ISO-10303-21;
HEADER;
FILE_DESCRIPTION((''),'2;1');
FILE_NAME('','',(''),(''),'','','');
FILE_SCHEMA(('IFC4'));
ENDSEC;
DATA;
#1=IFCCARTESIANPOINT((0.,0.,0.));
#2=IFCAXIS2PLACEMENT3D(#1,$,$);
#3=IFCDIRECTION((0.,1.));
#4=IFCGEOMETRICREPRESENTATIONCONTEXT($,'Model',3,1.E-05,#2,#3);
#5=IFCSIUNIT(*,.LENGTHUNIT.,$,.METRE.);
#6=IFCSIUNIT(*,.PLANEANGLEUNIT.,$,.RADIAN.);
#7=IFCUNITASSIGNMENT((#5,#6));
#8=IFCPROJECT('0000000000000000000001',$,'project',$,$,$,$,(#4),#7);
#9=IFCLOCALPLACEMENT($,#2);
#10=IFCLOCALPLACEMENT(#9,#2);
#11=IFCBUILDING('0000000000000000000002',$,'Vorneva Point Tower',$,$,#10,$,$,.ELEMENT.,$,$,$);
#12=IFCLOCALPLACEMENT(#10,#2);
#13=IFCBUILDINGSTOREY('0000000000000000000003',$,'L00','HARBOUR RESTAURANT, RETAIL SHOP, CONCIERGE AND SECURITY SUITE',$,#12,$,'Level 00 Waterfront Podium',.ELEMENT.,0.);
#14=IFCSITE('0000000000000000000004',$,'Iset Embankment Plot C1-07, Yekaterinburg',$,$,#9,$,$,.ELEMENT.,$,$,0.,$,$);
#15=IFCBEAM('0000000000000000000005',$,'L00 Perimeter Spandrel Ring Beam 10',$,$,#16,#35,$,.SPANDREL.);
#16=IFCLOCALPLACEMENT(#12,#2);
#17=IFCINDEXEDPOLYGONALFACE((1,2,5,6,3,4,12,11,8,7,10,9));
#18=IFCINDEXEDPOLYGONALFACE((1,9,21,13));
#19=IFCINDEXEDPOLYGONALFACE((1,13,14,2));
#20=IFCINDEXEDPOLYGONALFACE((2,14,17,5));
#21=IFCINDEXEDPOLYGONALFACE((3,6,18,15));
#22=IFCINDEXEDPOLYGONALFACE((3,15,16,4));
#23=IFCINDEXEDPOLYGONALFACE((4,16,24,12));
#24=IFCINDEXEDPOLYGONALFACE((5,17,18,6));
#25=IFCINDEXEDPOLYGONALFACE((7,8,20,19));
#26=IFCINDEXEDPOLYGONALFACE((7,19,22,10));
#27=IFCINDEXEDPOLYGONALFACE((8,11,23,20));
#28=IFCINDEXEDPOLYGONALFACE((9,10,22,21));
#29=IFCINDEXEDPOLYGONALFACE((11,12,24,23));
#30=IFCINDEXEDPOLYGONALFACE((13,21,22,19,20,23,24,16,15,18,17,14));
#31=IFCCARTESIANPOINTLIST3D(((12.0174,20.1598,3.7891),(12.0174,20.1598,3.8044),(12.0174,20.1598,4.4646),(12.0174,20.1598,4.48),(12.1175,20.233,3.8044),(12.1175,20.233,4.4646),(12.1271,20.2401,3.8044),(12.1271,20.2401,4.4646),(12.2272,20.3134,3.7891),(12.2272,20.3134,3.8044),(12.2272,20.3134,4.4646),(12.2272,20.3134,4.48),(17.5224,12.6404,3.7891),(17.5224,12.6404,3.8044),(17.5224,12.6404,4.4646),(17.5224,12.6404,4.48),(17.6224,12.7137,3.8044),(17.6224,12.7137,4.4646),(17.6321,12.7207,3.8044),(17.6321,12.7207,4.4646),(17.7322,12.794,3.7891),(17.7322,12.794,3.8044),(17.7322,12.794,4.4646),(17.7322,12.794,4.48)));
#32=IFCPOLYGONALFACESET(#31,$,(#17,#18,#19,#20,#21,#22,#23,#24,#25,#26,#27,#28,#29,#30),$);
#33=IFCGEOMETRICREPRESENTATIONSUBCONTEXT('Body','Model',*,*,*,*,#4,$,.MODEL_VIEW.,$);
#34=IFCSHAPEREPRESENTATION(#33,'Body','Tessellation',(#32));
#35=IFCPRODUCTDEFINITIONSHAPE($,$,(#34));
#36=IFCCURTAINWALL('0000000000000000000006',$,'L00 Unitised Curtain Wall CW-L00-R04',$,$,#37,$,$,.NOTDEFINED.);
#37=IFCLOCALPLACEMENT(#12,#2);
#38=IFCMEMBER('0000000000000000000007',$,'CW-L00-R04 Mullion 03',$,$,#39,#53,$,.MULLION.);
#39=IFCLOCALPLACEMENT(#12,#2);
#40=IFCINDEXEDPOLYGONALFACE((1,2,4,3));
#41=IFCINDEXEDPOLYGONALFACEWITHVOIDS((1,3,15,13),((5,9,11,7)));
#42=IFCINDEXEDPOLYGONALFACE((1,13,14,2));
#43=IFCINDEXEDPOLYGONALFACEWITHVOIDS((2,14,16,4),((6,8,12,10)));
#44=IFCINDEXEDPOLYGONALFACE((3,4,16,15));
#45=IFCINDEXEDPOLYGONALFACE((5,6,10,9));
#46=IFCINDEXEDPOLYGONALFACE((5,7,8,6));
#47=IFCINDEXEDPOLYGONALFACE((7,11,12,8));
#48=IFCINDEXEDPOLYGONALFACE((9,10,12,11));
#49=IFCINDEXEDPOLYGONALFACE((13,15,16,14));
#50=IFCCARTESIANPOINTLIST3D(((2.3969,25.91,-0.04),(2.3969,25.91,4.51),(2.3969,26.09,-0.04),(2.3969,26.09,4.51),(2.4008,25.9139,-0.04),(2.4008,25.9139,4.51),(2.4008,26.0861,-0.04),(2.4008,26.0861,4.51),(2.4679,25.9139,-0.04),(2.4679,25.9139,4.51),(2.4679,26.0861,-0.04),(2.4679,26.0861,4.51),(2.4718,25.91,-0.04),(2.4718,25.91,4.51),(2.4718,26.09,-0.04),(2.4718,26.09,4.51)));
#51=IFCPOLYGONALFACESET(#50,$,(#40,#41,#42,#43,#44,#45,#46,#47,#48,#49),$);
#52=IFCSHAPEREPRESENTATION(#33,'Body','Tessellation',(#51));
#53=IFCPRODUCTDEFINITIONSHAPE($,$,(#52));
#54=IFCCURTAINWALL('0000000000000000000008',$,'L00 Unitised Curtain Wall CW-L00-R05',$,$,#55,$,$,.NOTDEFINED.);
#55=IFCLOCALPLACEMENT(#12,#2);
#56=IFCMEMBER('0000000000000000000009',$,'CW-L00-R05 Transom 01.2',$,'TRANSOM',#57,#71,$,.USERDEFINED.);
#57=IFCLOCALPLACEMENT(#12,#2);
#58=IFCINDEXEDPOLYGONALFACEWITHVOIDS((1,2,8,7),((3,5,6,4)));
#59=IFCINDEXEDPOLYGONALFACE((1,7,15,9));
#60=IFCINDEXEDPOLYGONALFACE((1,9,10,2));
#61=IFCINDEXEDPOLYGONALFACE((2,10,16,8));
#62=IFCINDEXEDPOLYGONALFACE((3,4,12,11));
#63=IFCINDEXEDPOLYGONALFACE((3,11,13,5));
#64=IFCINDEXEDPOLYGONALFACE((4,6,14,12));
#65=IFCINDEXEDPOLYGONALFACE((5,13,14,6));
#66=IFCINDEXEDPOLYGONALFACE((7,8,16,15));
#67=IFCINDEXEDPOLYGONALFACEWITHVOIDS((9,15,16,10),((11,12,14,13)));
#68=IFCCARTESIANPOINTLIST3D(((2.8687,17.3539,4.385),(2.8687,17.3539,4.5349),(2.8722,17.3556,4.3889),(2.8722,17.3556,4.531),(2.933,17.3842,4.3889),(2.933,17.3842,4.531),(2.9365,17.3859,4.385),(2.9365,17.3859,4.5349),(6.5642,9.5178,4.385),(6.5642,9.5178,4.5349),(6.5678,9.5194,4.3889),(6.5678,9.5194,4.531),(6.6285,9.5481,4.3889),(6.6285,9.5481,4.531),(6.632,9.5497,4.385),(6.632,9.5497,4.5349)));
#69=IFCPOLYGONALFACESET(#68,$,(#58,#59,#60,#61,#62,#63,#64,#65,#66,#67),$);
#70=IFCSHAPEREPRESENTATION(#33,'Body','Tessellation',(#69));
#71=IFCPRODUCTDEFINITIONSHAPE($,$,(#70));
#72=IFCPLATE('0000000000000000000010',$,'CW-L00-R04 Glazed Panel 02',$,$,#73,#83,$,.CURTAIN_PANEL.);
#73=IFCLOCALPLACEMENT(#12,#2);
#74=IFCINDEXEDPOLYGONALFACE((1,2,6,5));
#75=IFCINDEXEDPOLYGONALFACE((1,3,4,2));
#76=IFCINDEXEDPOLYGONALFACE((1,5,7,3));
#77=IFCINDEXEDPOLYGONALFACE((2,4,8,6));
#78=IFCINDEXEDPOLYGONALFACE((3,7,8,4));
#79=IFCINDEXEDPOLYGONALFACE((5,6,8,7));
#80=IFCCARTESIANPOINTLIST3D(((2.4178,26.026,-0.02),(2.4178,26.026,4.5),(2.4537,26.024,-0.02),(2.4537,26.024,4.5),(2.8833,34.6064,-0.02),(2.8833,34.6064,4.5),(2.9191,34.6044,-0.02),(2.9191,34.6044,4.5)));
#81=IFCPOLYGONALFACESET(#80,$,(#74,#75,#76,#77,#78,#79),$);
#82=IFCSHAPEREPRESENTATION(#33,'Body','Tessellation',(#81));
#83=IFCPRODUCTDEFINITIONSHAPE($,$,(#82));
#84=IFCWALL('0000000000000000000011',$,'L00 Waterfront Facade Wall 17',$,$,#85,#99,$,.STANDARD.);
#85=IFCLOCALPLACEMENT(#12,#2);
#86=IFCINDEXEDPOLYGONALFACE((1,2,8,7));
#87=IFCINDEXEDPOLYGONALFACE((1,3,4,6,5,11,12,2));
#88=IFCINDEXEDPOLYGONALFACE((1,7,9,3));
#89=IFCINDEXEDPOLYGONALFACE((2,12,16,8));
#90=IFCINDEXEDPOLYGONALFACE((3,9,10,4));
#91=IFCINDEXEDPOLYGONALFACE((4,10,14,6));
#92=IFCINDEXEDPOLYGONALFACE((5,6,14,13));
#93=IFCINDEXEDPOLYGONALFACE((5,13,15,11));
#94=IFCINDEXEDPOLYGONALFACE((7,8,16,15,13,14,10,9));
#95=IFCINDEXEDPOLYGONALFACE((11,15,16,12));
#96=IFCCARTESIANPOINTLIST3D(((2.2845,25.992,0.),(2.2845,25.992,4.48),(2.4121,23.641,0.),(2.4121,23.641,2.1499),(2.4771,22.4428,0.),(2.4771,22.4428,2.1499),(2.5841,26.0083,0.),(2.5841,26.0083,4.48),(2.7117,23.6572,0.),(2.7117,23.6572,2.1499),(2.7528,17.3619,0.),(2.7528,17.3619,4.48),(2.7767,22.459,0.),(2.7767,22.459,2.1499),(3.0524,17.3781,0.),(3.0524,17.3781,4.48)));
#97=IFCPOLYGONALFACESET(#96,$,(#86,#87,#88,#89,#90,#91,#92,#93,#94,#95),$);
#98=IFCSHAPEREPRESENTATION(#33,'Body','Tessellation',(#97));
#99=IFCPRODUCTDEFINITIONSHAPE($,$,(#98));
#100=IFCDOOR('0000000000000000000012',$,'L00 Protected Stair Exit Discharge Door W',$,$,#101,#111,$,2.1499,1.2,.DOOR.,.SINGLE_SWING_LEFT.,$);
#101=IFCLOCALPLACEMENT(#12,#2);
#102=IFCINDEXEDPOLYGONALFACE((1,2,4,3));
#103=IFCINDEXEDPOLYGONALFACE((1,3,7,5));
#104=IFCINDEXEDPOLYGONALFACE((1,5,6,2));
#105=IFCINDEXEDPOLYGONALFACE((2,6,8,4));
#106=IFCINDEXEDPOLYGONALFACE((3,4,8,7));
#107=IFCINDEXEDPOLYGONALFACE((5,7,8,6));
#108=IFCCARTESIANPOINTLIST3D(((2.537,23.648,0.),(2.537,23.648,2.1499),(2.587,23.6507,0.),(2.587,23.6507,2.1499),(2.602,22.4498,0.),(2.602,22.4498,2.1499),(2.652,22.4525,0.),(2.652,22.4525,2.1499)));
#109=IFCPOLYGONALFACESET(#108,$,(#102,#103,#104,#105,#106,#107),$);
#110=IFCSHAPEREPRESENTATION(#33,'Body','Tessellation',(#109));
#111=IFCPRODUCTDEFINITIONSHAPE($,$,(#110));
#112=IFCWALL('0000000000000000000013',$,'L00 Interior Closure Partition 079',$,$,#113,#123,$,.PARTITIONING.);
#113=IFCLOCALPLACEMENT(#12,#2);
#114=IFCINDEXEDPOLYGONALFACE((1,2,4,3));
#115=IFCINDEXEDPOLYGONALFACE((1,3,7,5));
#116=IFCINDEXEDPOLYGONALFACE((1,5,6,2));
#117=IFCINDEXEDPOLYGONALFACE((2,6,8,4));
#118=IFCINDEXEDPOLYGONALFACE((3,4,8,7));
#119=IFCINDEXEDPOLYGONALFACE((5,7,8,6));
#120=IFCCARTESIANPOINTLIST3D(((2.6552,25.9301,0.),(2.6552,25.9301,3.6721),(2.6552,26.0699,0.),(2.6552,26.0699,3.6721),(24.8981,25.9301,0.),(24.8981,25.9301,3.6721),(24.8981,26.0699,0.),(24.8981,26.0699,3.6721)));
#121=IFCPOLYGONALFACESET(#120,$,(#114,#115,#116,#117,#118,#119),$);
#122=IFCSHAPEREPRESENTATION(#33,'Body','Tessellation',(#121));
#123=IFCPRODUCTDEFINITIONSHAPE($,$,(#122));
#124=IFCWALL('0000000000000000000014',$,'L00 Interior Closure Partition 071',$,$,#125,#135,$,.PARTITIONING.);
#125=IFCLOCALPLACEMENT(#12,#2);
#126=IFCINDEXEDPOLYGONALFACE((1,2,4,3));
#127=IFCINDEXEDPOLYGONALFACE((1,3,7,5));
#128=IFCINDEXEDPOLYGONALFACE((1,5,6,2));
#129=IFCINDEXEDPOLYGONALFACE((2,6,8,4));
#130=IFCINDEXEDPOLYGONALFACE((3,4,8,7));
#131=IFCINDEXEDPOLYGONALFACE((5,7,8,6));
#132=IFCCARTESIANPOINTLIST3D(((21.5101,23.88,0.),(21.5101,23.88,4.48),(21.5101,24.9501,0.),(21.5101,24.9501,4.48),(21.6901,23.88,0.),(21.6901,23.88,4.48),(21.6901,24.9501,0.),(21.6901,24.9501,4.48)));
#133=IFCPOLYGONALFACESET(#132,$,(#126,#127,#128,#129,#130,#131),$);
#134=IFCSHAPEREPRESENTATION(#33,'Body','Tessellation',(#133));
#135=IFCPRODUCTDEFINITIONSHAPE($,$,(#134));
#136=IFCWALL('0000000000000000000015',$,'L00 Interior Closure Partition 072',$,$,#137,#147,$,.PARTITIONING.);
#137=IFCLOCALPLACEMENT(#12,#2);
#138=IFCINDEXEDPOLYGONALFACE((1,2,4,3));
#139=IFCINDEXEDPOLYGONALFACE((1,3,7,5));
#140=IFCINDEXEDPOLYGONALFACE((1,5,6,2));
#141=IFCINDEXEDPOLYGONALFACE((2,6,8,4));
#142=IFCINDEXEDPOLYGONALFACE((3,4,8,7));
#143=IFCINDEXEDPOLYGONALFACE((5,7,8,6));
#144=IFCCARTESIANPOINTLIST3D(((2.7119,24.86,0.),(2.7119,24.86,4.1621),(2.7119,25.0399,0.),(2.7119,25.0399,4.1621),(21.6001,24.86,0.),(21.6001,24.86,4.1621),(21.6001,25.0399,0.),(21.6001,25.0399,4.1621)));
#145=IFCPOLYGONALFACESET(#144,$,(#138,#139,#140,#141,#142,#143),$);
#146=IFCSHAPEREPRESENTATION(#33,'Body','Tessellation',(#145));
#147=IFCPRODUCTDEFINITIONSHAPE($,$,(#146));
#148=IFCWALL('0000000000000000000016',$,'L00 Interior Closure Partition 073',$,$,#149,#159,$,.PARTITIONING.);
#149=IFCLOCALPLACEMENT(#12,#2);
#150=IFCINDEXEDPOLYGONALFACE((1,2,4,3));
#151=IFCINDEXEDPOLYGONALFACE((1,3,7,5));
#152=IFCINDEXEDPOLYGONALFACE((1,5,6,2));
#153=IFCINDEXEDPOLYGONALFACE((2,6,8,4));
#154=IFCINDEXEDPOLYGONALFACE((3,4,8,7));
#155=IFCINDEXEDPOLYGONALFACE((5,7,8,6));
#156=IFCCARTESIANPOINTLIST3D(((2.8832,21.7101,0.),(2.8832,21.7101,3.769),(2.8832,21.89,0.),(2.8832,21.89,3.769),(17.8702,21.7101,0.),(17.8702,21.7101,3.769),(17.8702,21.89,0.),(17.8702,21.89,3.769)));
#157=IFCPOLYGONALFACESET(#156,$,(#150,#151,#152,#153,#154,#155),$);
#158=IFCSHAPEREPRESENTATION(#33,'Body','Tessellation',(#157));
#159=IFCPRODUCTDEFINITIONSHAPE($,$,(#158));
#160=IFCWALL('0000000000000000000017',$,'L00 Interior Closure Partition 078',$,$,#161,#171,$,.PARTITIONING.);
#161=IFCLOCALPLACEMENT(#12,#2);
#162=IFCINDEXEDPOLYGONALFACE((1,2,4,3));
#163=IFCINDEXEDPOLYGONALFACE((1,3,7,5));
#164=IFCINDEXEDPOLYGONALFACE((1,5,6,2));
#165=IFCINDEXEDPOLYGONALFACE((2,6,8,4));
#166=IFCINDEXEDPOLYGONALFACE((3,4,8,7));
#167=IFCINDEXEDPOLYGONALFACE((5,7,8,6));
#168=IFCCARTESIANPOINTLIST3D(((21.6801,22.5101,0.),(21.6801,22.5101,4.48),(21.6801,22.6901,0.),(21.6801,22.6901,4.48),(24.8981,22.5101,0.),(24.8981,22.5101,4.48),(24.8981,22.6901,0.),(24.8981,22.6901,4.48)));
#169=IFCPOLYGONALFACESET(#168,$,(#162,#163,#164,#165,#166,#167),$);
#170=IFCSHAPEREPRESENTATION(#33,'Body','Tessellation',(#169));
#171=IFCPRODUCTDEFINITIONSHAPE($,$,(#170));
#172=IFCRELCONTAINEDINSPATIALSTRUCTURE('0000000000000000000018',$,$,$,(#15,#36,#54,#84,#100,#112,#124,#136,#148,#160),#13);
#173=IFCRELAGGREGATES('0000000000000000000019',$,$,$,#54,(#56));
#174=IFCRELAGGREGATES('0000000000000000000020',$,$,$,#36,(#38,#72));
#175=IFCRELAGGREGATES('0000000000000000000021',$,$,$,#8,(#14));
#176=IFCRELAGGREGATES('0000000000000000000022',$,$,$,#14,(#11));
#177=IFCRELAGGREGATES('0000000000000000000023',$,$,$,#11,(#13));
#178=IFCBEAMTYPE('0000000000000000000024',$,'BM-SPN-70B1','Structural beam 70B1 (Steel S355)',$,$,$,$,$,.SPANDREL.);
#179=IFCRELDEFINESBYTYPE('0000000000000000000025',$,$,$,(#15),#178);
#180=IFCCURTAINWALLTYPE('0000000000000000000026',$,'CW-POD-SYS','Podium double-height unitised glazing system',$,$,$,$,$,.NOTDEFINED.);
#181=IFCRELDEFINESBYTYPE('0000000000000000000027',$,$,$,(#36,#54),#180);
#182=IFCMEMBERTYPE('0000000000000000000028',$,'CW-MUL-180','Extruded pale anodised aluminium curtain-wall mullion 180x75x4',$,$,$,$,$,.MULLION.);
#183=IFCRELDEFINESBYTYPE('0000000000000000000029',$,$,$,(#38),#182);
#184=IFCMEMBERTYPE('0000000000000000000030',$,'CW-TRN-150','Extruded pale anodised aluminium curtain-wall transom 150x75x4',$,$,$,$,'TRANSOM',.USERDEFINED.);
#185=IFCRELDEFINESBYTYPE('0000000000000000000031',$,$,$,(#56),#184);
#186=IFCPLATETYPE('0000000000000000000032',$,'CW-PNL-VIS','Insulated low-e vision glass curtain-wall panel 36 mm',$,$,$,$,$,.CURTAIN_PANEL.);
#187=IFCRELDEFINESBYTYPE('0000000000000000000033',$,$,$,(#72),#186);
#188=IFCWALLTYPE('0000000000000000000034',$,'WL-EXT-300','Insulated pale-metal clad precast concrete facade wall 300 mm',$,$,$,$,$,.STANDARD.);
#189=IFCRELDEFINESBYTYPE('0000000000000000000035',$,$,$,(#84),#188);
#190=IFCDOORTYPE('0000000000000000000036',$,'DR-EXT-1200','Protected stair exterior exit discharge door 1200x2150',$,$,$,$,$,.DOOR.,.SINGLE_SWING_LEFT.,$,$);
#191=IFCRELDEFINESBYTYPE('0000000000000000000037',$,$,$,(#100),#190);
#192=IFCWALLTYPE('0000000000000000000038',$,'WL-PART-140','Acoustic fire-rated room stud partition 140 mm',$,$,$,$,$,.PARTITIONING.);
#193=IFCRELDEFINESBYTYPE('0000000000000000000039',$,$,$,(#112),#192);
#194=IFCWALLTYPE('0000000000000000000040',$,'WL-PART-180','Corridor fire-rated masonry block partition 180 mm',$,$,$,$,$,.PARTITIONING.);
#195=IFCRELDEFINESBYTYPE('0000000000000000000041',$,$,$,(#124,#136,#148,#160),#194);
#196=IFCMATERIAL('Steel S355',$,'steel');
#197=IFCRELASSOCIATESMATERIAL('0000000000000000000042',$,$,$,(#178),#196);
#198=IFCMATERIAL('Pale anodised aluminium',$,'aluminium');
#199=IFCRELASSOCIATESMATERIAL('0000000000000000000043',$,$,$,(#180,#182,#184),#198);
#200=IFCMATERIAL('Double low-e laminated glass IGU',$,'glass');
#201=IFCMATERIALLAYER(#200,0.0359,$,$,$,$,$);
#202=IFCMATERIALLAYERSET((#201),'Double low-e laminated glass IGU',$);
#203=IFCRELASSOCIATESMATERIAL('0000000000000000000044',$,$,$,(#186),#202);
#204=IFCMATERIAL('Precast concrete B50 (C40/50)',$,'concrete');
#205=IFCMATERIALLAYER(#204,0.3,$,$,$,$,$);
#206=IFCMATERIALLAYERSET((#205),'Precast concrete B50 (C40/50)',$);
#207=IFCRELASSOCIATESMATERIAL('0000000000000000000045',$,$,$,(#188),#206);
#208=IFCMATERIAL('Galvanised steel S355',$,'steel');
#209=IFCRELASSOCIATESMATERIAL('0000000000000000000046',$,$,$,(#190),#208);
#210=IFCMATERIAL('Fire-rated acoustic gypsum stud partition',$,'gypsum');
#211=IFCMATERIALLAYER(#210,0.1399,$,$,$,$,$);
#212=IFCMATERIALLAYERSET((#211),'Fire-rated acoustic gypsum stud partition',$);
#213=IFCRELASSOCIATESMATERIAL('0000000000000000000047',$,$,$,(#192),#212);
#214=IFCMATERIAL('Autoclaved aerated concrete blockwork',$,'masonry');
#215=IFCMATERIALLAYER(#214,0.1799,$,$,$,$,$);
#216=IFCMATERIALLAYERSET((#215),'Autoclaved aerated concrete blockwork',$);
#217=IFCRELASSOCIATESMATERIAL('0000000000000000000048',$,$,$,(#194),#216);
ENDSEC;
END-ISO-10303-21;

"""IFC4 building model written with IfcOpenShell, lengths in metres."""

from ifc_helpers import new_model, si_unit, direction, frame, frame_2d, origin, origin_2d, place, context, subcontext, project, spatial, rectangle, hollow_rectangle, i_section, extrude, material, layer, layer_set, material_profile, profile_set, type_object, element, fill, aggregate, save


model = new_model("IFC4")

# Units and contexts
model_context = context("Model", 3, precision=1e-05, world=origin(), true_north=direction((0.0, 1.0)))
body_context = subcontext(model_context, "Body", "Model", "MODEL_VIEW")
ifc_project = project(units=[si_unit("LENGTHUNIT", "METRE"), si_unit("PLANEANGLEUNIT", "RADIAN")], contexts=[model_context])

# Site, building, storey
site_placement = place(None, origin())
site = spatial("IfcSite", under=ifc_project, at=site_placement, Name="Iset Embankment Plot C1-07, Yekaterinburg", CompositionType="ELEMENT", RefElevation=0.0)
building_placement = place(site_placement, origin())
building = spatial("IfcBuilding", under=site, at=building_placement, Name="Vorneva Point Tower", CompositionType="ELEMENT")
storey_placement = place(building_placement, origin())
storey = spatial("IfcBuildingStorey", under=building, at=storey_placement, Name="L00", Description="HARBOUR RESTAURANT, RETAIL SHOP, CONCIERGE AND SECURITY SUITE", LongName="Level 00 Waterfront Podium", CompositionType="ELEMENT", Elevation=0.0)

# Beam
ifc_material_1 = material(Name="Steel S355", Category="steel")
ifc_material_profile_1 = material_profile(ifc_material_1, i_section(OverallWidth=0.26, OverallDepth=0.6909, WebThickness=0.012, FlangeThickness=0.0154, at=origin_2d()), Name="70B1")
ifc_profile_set_1 = profile_set([ifc_material_profile_1], Name="Steel S355")
beam_type_1 = type_object("IfcBeamType", Name="BM-SPN-70B1", Description="Structural beam 70B1 (Steel S355)", PredefinedType="SPANDREL", material=ifc_profile_set_1)
beam_1_placement = place(storey_placement, frame((12.1223, 20.2366, 4.1345), z_axis=(0.590717, -0.806879, 0.0), x_axis=(0.806879, 0.590717, 0.0)))
element("IfcBeam", 1, at=beam_1_placement, inside=storey, type_object=beam_type_1, Name="L00 Perimeter Spandrel Ring Beam 10", PredefinedType="SPANDREL", context=body_context, shape_type="SweptSolid", body=[
    extrude(i_section(OverallWidth=0.26, OverallDepth=0.6909, WebThickness=0.012, FlangeThickness=0.0154, at=origin_2d()), origin(), (0.0, 0.0, 1.0), 9.3191),
])

# Curtain walls, members
ifc_material_2 = material(Name="Pale anodised aluminium", Category="aluminium")
curtain_wall_type = type_object("IfcCurtainWallType", Name="CW-POD-SYS", Description="Podium double-height unitised glazing system", PredefinedType="NOTDEFINED", material=ifc_material_2)
curtain_wall_1_placement = place(storey_placement, origin())
curtain_wall_1 = element("IfcCurtainWall", 2, at=curtain_wall_1_placement, inside=storey, type_object=curtain_wall_type, Name="L00 Unitised Curtain Wall CW-L00-R04", PredefinedType="NOTDEFINED")
ifc_material_profile_2 = material_profile(ifc_material_2, hollow_rectangle(XDim=0.075, YDim=0.1799, WallThickness=0.0039, at=origin_2d()), Name="AL-MUL 180x75x4")
ifc_profile_set_2 = profile_set([ifc_material_profile_2], Name="Pale anodised aluminium")
member_type_1 = type_object("IfcMemberType", Name="CW-MUL-180", Description="Extruded pale anodised aluminium curtain-wall mullion 180x75x4", PredefinedType="MULLION", material=ifc_profile_set_2)
member_1_placement = place(storey_placement, frame((2.4343, 26.0, -0.04), z_axis=(0.0, 0.0, 1.0), x_axis=(1.0, 0.0, 0.0)))
member_1 = element("IfcMember", 3, at=member_1_placement, type_object=member_type_1, Name="CW-L00-R04 Mullion 03", PredefinedType="MULLION", context=body_context, shape_type="SweptSolid", body=[
    extrude(hollow_rectangle(XDim=0.075, YDim=0.1799, WallThickness=0.0039, at=origin_2d()), origin(), (0.0, 0.0, 1.0), 4.55),
])
curtain_wall_2_placement = place(storey_placement, origin())
curtain_wall_2 = element("IfcCurtainWall", 4, at=curtain_wall_2_placement, inside=storey, type_object=curtain_wall_type, Name="L00 Unitised Curtain Wall CW-L00-R05", PredefinedType="NOTDEFINED")
ifc_material_profile_3 = material_profile(ifc_material_2, hollow_rectangle(XDim=0.075, YDim=0.1499, WallThickness=0.0039, at=origin_2d()), Name="AL-TRN 150x75x4")
ifc_profile_set_3 = profile_set([ifc_material_profile_3], Name="Pale anodised aluminium")
member_type_2 = type_object("IfcMemberType", Name="CW-TRN-150", Description="Extruded pale anodised aluminium curtain-wall transom 150x75x4", ElementType="TRANSOM", PredefinedType="USERDEFINED", material=ifc_profile_set_3)
member_2_placement = place(storey_placement, frame((2.9026, 17.3699, 4.46), z_axis=(0.426547, -0.904465, 0.0), x_axis=(0.904465, 0.426547, 0.0)))
member_2 = element("IfcMember", 5, at=member_2_placement, type_object=member_type_2, Name="CW-L00-R05 Transom 01.2", ObjectType="TRANSOM", PredefinedType="USERDEFINED", context=body_context, shape_type="SweptSolid", body=[
    extrude(hollow_rectangle(XDim=0.075, YDim=0.1499, WallThickness=0.0039, at=origin_2d()), origin(), (0.0, 0.0, 1.0), 8.6638),
])
aggregate(curtain_wall_2, [member_2])

# Plate
ifc_material_3 = material(Name="Double low-e laminated glass IGU", Category="glass")
ifc_layer_1 = layer(ifc_material_3, 0.0359)
ifc_layer_set_1 = layer_set([ifc_layer_1], Name="Double low-e laminated glass IGU")
plate_type = type_object("IfcPlateType", Name="CW-PNL-VIS", Description="Insulated low-e vision glass curtain-wall panel 36 mm", PredefinedType="CURTAIN_PANEL", material=ifc_layer_set_1)
plate_placement = place(storey_placement, frame((2.6685, 30.3152, -0.02), z_axis=(0.0, 0.0, 1.0), x_axis=(-0.054166, -0.998532, 0.0)))
plate = element("IfcPlate", 6, at=plate_placement, type_object=plate_type, Name="CW-L00-R04 Glazed Panel 02", PredefinedType="CURTAIN_PANEL", context=body_context, shape_type="SweptSolid", body=[
    extrude(rectangle(XDim=8.593, YDim=0.0359, at=origin_2d()), origin(), (0.0, 0.0, 1.0), 4.52),
])
aggregate(curtain_wall_1, [member_1, plate])

# Wall, opening, door
ifc_material_4 = material(Name="Precast concrete B50 (C40/50)", Category="concrete")
ifc_layer_2 = layer(ifc_material_4, 0.3)
ifc_layer_set_2 = layer_set([ifc_layer_2], Name="Precast concrete B50 (C40/50)")
wall_type_1 = type_object("IfcWallType", Name="WL-EXT-300", Description="Insulated pale-metal clad precast concrete facade wall 300 mm", PredefinedType="STANDARD", material=ifc_layer_set_2)
wall_1_placement = place(storey_placement, frame((2.4343, 26.0, 0.0), z_axis=(0.0, 0.0, 1.0), x_axis=(0.054179, -0.998531, 0.0)))
wall_1 = element("IfcWall", 7, at=wall_1_placement, inside=storey, type_object=wall_type_1, Name="L00 Waterfront Facade Wall 17", PredefinedType="STANDARD", context=body_context, shape_type="SweptSolid", body=[
    extrude(rectangle(XDim=8.6428, YDim=0.3, at=frame_2d((4.3213, 0.0))), origin(), (0.0, 0.0, 1.0), 4.48),
])
opening_1_placement = place(wall_1_placement, frame((2.3542, 0.0, 0.0)))
opening_1 = element("IfcOpeningElement", 8, at=opening_1_placement, cuts=wall_1, PredefinedType="OPENING", context=body_context, shape_type="SweptSolid", body=[
    extrude(rectangle(XDim=1.2, YDim=2.1499, at=frame_2d((0.6001, 1.075))), frame((0.0, 0.165, 0.0), z_axis=(0.0, -1.0, 0.0), x_axis=(1.0, 0.0, 0.0)), (0.0, 0.0, 1.0), 0.3298),
])
ifc_material_5 = material(Name="Galvanised steel S355", Category="steel")
door_type_1 = type_object("IfcDoorType", Name="DR-EXT-1200", Description="Protected stair exterior exit discharge door 1200x2150", OperationType="SINGLE_SWING_LEFT", PredefinedType="DOOR", material=ifc_material_5)
door_1_placement = place(opening_1_placement, frame((1.2, 0.0, 0.0), z_axis=(0.0, 0.0, 1.0), x_axis=(-1.0, 0.0, 0.0)))
door_1 = element("IfcDoor", 9, at=door_1_placement, inside=storey, type_object=door_type_1, Name="L00 Protected Stair Exit Discharge Door W", OperationType="SINGLE_SWING_LEFT", OverallHeight=2.1499, OverallWidth=1.2, PredefinedType="DOOR", context=body_context, shape_type="SweptSolid", body=[
    extrude(rectangle(XDim=1.2, YDim=2.1499, at=frame_2d((0.6001, 1.075))), frame((0.0, 0.0249, 0.0), z_axis=(0.0, -1.0, 0.0), x_axis=(1.0, 0.0, 0.0)), (0.0, 0.0, 1.0), 0.05),
])
fill(opening_1, door_1)

# Walls
ifc_material_6 = material(Name="Fire-rated acoustic gypsum stud partition", Category="gypsum")
ifc_layer_3 = layer(ifc_material_6, 0.1399)
ifc_layer_set_3 = layer_set([ifc_layer_3], Name="Fire-rated acoustic gypsum stud partition")
wall_type_2 = type_object("IfcWallType", Name="WL-PART-140", Description="Acoustic fire-rated room stud partition 140 mm", PredefinedType="PARTITIONING", material=ifc_layer_set_3)
wall_2_placement = place(storey_placement, frame((2.655, 26.0, 0.0), z_axis=(0.0, 0.0, 1.0), x_axis=(1.0, 0.0, 0.0)))
element("IfcWall", 10, at=wall_2_placement, inside=storey, type_object=wall_type_2, Name="L00 Interior Closure Partition 079", PredefinedType="PARTITIONING", context=body_context, shape_type="SweptSolid", body=[
    extrude(rectangle(XDim=22.2429, YDim=0.1399, at=frame_2d((11.1216, 0.0))), origin(), (0.0, 0.0, 1.0), 3.6721),
])
ifc_material_7 = material(Name="Autoclaved aerated concrete blockwork", Category="masonry")
ifc_layer_4 = layer(ifc_material_7, 0.1799)
ifc_layer_set_4 = layer_set([ifc_layer_4], Name="Autoclaved aerated concrete blockwork")
wall_type_3 = type_object("IfcWallType", Name="WL-PART-180", Description="Corridor fire-rated masonry block partition 180 mm", PredefinedType="PARTITIONING", material=ifc_layer_set_4)
wall_3_placement = place(storey_placement, frame((21.6001, 23.8799, 0.0), z_axis=(0.0, 0.0, 1.0), x_axis=(0.0, 1.0, 0.0)))
element("IfcWall", 11, at=wall_3_placement, inside=storey, type_object=wall_type_3, Name="L00 Interior Closure Partition 071", PredefinedType="PARTITIONING", context=body_context, shape_type="SweptSolid", body=[
    extrude(rectangle(XDim=1.0701, YDim=0.1799, at=frame_2d((0.5352, 0.0))), origin(), (0.0, 0.0, 1.0), 4.48),
])
wall_4_placement = place(storey_placement, frame((21.6001, 24.95, 0.0), z_axis=(0.0, 0.0, 1.0), x_axis=(-1.0, 0.0, 0.0)))
element("IfcWall", 12, at=wall_4_placement, inside=storey, type_object=wall_type_3, Name="L00 Interior Closure Partition 072", PredefinedType="PARTITIONING", context=body_context, shape_type="SweptSolid", body=[
    extrude(rectangle(XDim=18.8882, YDim=0.1799, at=frame_2d((9.4441, 0.0))), origin(), (0.0, 0.0, 1.0), 4.1621),
])
wall_5_placement = place(storey_placement, frame((2.8831, 21.8, 0.0), z_axis=(0.0, 0.0, 1.0), x_axis=(1.0, 0.0, 0.0)))
element("IfcWall", 13, at=wall_5_placement, inside=storey, type_object=wall_type_3, Name="L00 Interior Closure Partition 073", PredefinedType="PARTITIONING", context=body_context, shape_type="SweptSolid", body=[
    extrude(rectangle(XDim=14.9871, YDim=0.1799, at=frame_2d((7.4937, 0.0))), origin(), (0.0, 0.0, 1.0), 3.769),
])
wall_6_placement = place(storey_placement, frame((24.8979, 22.6001, 0.0), z_axis=(0.0, 0.0, 1.0), x_axis=(-1.0, 0.0, 0.0)))
element("IfcWall", 14, at=wall_6_placement, inside=storey, type_object=wall_type_3, Name="L00 Interior Closure Partition 078", PredefinedType="PARTITIONING", context=body_context, shape_type="SweptSolid", body=[
    extrude(rectangle(XDim=3.218, YDim=0.1799, at=frame_2d((1.6089, 0.0))), origin(), (0.0, 0.0, 1.0), 4.48),
])

save(model, "model.ifc")
